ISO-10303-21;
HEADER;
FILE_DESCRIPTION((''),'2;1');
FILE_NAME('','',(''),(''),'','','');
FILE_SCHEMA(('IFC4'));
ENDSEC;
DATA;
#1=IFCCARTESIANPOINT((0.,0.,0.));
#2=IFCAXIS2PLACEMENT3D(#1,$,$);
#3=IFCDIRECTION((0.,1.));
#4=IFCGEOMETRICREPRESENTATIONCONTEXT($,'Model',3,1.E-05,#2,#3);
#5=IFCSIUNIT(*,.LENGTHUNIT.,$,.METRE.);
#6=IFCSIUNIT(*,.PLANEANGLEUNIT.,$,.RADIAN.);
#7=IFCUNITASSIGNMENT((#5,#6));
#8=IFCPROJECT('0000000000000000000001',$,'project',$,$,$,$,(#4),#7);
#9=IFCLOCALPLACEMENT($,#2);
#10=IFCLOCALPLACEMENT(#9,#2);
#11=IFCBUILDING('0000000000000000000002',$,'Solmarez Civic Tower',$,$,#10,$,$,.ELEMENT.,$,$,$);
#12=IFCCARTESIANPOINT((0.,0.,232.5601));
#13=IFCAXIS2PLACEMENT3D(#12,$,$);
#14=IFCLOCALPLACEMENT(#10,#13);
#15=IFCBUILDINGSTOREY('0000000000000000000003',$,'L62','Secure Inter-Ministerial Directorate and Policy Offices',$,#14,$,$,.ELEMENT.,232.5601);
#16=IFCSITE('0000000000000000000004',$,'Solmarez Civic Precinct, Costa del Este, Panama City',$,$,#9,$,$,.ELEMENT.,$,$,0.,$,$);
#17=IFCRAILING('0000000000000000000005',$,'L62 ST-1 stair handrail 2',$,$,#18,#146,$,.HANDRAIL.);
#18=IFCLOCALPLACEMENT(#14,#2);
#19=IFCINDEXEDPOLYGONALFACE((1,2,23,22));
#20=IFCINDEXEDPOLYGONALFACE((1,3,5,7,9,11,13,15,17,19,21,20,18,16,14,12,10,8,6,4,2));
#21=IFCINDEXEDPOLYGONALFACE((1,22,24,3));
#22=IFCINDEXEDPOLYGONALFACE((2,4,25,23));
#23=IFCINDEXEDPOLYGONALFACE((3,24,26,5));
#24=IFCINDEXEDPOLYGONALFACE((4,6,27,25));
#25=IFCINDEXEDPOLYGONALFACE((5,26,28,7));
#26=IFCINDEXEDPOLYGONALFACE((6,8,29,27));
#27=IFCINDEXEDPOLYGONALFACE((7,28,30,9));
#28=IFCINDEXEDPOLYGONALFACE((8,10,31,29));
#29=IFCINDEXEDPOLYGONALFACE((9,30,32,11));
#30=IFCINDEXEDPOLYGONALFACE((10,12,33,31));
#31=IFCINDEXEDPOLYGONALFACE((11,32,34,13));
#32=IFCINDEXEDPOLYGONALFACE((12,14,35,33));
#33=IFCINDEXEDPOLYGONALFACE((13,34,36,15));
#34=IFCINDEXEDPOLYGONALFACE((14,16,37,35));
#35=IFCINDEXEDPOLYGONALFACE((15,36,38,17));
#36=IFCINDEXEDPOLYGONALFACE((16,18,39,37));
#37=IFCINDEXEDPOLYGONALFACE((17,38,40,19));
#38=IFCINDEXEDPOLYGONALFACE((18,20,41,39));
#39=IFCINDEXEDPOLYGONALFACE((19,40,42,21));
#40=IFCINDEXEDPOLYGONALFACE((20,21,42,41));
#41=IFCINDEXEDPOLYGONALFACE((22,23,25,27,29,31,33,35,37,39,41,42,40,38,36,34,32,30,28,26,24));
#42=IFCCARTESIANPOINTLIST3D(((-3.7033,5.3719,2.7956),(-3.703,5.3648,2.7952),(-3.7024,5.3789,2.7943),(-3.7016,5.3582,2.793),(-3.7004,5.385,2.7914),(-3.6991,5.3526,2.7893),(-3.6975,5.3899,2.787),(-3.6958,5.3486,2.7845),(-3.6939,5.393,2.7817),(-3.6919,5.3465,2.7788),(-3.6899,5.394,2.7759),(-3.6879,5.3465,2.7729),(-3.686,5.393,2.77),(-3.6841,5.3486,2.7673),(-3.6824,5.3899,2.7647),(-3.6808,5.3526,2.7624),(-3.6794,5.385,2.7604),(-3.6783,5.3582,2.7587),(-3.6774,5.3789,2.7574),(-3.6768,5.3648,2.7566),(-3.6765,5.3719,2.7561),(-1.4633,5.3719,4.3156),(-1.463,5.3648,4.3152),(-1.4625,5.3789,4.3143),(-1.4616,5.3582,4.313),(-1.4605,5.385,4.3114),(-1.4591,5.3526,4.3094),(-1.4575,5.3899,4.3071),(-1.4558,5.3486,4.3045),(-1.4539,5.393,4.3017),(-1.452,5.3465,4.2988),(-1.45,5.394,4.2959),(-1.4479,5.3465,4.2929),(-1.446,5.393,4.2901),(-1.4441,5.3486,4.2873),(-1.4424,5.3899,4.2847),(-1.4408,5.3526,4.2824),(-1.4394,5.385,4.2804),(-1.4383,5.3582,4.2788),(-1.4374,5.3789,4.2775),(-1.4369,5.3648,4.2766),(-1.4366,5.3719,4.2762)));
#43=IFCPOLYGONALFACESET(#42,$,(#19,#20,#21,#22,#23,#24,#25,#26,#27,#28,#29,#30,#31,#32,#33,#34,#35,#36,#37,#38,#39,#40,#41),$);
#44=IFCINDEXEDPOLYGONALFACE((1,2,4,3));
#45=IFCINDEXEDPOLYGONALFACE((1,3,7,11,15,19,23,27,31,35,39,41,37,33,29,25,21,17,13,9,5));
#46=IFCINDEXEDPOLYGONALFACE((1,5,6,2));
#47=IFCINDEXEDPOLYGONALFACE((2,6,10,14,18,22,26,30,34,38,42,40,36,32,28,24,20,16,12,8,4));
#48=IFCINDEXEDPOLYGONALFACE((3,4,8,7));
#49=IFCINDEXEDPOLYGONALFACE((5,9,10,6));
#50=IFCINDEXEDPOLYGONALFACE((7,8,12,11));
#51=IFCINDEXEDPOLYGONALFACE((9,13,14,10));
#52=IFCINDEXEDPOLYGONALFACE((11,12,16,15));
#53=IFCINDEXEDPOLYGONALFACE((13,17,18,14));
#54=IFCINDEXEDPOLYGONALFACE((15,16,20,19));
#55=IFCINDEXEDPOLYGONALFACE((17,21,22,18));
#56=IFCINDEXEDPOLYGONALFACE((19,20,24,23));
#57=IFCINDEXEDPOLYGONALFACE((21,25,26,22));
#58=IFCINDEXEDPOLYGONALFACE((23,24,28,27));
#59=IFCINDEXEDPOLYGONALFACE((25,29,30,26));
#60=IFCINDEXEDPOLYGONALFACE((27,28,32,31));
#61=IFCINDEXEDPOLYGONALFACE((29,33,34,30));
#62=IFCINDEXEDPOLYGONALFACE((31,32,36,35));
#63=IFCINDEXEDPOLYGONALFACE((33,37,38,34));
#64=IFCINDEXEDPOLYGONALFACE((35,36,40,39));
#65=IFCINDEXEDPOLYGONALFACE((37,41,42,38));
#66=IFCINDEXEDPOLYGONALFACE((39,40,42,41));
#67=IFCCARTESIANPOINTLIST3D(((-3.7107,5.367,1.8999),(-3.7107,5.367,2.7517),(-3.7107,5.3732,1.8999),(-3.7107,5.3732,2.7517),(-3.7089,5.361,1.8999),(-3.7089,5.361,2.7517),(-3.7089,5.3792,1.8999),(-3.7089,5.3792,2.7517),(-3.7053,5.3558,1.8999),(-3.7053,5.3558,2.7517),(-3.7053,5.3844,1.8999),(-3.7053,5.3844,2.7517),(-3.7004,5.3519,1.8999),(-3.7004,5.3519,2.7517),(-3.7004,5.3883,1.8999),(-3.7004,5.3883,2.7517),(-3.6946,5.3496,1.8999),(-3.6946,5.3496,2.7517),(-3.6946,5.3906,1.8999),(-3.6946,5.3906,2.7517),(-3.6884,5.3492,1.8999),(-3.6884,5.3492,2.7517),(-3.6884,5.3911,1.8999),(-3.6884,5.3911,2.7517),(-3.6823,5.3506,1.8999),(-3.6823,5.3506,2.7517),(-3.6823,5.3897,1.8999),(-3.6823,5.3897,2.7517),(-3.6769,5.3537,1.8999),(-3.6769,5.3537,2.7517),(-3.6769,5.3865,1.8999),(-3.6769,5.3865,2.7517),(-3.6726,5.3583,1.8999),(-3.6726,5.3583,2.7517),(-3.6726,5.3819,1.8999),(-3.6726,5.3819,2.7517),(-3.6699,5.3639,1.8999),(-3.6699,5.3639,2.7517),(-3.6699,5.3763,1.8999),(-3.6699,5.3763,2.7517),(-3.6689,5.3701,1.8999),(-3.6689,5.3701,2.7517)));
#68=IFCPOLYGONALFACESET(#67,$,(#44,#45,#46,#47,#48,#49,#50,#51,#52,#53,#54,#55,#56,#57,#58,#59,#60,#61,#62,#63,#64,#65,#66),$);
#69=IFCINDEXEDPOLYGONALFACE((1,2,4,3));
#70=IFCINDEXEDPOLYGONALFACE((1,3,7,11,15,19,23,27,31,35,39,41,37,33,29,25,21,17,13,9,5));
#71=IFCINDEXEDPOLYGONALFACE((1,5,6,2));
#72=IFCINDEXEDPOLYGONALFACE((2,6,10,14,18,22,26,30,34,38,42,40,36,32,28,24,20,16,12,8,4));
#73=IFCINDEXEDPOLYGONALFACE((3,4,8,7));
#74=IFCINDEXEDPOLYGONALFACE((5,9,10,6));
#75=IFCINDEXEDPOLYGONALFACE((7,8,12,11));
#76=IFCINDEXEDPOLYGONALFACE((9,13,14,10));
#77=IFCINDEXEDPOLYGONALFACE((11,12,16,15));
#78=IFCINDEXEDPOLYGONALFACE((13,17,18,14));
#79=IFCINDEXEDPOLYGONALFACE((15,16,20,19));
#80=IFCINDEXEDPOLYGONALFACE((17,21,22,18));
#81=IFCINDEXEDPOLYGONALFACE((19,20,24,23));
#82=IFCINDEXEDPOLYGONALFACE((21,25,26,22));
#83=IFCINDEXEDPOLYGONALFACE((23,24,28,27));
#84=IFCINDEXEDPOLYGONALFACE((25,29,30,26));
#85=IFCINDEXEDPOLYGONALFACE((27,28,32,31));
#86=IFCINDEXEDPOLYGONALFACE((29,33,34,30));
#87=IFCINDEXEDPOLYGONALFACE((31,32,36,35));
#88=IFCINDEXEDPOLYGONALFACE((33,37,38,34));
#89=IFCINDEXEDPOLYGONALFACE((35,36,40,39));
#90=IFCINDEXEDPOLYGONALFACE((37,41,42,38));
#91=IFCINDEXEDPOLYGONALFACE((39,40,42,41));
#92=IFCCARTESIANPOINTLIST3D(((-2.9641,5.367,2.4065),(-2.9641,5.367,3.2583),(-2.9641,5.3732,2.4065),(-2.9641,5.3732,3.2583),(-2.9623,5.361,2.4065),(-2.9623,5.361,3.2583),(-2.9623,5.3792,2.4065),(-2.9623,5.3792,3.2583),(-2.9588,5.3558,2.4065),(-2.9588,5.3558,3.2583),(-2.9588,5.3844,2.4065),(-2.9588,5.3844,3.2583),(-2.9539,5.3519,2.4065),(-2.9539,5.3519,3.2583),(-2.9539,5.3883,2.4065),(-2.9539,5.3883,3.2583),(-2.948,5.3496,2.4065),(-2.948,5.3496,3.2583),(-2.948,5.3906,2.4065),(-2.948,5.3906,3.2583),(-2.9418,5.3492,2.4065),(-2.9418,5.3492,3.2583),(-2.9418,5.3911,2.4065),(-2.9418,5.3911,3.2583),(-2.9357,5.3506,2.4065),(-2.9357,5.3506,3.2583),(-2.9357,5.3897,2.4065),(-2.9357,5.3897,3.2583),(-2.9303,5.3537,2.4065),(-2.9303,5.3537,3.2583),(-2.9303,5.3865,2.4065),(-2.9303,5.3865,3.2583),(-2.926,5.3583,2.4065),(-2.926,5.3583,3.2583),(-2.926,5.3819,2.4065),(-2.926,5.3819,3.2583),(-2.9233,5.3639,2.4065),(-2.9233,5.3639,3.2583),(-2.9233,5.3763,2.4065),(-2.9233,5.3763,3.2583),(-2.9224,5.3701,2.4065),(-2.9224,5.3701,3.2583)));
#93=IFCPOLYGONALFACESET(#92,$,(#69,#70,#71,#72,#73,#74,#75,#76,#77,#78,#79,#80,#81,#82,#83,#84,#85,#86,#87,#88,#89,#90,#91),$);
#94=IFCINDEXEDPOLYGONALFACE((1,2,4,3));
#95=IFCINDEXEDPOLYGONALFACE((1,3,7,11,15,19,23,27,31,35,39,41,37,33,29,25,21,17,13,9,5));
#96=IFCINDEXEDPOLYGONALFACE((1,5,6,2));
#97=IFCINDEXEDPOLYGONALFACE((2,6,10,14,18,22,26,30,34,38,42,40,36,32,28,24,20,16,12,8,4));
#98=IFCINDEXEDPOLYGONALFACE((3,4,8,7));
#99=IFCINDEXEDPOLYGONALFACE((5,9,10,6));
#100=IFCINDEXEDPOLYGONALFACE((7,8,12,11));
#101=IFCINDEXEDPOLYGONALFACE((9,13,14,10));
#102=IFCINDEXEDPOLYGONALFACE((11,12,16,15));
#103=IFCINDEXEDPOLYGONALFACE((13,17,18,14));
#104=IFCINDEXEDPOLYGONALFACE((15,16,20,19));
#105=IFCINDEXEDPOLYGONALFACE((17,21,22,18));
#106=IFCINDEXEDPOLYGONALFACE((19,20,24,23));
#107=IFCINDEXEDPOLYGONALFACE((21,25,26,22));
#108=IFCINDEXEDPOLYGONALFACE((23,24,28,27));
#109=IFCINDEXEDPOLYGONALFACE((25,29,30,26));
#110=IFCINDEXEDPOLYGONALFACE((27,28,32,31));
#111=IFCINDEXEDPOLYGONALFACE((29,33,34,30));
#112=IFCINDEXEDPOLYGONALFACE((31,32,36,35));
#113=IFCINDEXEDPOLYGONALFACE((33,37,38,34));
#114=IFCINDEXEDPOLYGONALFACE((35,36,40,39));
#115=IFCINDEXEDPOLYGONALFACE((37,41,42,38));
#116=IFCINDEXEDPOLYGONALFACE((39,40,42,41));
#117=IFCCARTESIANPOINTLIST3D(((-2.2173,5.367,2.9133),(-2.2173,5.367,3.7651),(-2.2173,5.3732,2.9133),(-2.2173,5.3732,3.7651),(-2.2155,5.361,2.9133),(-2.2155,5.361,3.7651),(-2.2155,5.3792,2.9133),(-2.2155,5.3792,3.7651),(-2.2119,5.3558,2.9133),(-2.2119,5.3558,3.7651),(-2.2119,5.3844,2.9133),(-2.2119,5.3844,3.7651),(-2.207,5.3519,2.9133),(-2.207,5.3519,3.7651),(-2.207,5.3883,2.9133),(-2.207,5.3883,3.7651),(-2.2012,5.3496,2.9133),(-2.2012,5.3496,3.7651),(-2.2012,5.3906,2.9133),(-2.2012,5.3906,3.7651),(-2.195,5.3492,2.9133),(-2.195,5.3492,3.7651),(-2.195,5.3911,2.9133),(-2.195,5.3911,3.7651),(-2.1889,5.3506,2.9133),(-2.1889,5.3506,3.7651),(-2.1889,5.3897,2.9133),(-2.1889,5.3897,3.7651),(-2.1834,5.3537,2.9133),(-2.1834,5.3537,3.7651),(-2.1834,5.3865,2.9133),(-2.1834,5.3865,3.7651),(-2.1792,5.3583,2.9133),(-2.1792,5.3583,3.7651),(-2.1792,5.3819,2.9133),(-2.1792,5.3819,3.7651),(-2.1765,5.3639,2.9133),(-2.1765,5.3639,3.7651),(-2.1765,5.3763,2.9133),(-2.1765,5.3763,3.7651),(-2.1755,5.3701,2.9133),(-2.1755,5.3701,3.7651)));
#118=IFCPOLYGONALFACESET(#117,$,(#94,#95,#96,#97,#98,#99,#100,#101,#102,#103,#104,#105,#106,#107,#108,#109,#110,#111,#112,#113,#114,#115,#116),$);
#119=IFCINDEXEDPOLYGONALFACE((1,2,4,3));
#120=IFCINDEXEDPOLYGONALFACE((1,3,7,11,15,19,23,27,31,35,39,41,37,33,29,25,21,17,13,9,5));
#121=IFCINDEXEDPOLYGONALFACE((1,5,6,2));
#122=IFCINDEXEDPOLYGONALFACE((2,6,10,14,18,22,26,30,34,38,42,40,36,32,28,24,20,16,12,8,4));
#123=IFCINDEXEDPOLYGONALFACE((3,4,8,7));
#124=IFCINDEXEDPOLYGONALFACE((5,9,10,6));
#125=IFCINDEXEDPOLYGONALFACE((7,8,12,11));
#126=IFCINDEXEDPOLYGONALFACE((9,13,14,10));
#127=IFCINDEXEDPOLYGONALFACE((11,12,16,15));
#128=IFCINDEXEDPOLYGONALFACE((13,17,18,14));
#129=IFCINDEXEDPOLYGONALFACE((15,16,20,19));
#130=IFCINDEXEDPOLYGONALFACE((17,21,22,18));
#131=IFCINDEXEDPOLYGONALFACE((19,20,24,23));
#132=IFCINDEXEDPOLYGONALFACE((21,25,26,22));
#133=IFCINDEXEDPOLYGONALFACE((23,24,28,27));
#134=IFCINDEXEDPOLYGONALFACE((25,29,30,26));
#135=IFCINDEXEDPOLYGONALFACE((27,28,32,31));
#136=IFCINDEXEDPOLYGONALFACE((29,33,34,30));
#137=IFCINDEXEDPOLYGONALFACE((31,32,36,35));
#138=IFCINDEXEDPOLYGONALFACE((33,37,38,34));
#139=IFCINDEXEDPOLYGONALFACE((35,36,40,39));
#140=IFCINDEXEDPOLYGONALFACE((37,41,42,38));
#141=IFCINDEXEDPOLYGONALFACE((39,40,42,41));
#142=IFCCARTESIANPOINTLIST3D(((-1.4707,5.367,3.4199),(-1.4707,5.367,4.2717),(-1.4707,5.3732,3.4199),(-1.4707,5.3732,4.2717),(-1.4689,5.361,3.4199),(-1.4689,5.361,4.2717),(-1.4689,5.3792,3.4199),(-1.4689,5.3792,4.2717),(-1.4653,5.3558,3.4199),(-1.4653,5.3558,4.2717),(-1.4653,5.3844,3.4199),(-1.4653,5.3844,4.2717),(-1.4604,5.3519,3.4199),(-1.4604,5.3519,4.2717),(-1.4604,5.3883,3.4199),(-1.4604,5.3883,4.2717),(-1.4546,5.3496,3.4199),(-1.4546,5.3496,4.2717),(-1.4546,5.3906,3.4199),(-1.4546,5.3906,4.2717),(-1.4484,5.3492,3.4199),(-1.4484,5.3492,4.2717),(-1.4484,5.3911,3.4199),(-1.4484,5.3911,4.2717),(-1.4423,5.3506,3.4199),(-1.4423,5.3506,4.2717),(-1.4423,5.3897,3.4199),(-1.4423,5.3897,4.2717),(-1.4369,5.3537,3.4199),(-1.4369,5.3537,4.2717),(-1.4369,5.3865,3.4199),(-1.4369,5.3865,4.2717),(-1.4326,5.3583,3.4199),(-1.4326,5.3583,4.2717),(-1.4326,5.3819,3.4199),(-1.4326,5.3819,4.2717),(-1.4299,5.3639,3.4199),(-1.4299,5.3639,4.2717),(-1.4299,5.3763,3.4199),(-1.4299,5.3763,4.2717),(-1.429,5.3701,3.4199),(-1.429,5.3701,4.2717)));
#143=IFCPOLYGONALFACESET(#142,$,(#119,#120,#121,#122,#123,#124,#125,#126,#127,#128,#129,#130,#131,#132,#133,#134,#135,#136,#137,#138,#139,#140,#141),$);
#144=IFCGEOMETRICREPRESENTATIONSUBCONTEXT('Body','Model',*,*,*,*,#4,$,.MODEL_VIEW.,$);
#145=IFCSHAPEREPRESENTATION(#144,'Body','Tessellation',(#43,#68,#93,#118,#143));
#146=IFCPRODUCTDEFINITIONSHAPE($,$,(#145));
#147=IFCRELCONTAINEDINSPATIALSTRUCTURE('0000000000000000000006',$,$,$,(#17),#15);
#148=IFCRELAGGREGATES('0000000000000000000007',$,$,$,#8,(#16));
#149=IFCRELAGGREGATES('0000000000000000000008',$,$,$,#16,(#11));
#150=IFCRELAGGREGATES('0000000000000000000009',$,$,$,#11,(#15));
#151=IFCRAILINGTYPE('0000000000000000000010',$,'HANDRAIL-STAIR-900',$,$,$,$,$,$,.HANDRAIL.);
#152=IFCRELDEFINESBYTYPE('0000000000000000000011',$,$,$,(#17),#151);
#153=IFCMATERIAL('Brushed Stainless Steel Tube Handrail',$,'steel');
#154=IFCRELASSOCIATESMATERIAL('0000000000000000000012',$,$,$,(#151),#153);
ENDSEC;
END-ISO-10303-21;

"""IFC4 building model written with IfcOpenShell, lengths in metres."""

from ifc_helpers import new_model, si_unit, direction, frame, origin, origin_2d, place, context, subcontext, project, spatial, circle, extrude, material, type_object, element, save


model = new_model("IFC4")

# Units and contexts
model_context = context("Model", 3, precision=1e-05, world=origin(), true_north=direction((0.0, 1.0)))
body_context = subcontext(model_context, "Body", "Model", "MODEL_VIEW")
ifc_project = project(units=[si_unit("LENGTHUNIT", "METRE"), si_unit("PLANEANGLEUNIT", "RADIAN")], contexts=[model_context])

# Site, building, storey
site_placement = place(None, origin())
site = spatial("IfcSite", under=ifc_project, at=site_placement, Name="Solmarez Civic Precinct, Costa del Este, Panama City", CompositionType="ELEMENT", RefElevation=0.0)
building_placement = place(site_placement, origin())
building = spatial("IfcBuilding", under=site, at=building_placement, Name="Solmarez Civic Tower", CompositionType="ELEMENT")
storey_placement = place(building_placement, frame((0.0, 0.0, 232.5601)))
storey = spatial("IfcBuildingStorey", under=building, at=storey_placement, Name="L62", Description="Secure Inter-Ministerial Directorate and Policy Offices", CompositionType="ELEMENT", Elevation=232.5601)

# Railing
ifc_material_1 = material(Name="Brushed Stainless Steel Tube Handrail", Category="steel")
railing_type_1 = type_object("IfcRailingType", Name="HANDRAIL-STAIR-900", PredefinedType="HANDRAIL", material=ifc_material_1)
railing_1_placement = place(storey_placement, frame((-3.6899, 5.3701, 1.8999)))
element("IfcRailing", 1, at=railing_1_placement, inside=storey, type_object=railing_type_1, Name="L62 ST-1 stair handrail 2", PredefinedType="HANDRAIL", context=body_context, shape_type="SweptSolid", body=[
    extrude(circle(Radius=0.0239, at=origin_2d()), frame((0.0, 0.0, 0.876), z_axis=(0.827471, 0.0, 0.561508), x_axis=(0.0, 1.0, 0.0)), (0.0, 0.0, 1.0), 2.707),
    extrude(circle(Radius=0.021, at=origin_2d()), origin(), (0.0, 0.0, 1.0), 0.8518),
    extrude(circle(Radius=0.021, at=origin_2d()), frame((0.7466, 0.0, 0.5066)), (0.0, 0.0, 1.0), 0.8518),
    extrude(circle(Radius=0.021, at=origin_2d()), frame((1.4934, 0.0, 1.0134)), (0.0, 0.0, 1.0), 0.8518),
    extrude(circle(Radius=0.021, at=origin_2d()), frame((2.24, 0.0, 1.52)), (0.0, 0.0, 1.0), 0.8518),
])

save(model, "model.ifc")
